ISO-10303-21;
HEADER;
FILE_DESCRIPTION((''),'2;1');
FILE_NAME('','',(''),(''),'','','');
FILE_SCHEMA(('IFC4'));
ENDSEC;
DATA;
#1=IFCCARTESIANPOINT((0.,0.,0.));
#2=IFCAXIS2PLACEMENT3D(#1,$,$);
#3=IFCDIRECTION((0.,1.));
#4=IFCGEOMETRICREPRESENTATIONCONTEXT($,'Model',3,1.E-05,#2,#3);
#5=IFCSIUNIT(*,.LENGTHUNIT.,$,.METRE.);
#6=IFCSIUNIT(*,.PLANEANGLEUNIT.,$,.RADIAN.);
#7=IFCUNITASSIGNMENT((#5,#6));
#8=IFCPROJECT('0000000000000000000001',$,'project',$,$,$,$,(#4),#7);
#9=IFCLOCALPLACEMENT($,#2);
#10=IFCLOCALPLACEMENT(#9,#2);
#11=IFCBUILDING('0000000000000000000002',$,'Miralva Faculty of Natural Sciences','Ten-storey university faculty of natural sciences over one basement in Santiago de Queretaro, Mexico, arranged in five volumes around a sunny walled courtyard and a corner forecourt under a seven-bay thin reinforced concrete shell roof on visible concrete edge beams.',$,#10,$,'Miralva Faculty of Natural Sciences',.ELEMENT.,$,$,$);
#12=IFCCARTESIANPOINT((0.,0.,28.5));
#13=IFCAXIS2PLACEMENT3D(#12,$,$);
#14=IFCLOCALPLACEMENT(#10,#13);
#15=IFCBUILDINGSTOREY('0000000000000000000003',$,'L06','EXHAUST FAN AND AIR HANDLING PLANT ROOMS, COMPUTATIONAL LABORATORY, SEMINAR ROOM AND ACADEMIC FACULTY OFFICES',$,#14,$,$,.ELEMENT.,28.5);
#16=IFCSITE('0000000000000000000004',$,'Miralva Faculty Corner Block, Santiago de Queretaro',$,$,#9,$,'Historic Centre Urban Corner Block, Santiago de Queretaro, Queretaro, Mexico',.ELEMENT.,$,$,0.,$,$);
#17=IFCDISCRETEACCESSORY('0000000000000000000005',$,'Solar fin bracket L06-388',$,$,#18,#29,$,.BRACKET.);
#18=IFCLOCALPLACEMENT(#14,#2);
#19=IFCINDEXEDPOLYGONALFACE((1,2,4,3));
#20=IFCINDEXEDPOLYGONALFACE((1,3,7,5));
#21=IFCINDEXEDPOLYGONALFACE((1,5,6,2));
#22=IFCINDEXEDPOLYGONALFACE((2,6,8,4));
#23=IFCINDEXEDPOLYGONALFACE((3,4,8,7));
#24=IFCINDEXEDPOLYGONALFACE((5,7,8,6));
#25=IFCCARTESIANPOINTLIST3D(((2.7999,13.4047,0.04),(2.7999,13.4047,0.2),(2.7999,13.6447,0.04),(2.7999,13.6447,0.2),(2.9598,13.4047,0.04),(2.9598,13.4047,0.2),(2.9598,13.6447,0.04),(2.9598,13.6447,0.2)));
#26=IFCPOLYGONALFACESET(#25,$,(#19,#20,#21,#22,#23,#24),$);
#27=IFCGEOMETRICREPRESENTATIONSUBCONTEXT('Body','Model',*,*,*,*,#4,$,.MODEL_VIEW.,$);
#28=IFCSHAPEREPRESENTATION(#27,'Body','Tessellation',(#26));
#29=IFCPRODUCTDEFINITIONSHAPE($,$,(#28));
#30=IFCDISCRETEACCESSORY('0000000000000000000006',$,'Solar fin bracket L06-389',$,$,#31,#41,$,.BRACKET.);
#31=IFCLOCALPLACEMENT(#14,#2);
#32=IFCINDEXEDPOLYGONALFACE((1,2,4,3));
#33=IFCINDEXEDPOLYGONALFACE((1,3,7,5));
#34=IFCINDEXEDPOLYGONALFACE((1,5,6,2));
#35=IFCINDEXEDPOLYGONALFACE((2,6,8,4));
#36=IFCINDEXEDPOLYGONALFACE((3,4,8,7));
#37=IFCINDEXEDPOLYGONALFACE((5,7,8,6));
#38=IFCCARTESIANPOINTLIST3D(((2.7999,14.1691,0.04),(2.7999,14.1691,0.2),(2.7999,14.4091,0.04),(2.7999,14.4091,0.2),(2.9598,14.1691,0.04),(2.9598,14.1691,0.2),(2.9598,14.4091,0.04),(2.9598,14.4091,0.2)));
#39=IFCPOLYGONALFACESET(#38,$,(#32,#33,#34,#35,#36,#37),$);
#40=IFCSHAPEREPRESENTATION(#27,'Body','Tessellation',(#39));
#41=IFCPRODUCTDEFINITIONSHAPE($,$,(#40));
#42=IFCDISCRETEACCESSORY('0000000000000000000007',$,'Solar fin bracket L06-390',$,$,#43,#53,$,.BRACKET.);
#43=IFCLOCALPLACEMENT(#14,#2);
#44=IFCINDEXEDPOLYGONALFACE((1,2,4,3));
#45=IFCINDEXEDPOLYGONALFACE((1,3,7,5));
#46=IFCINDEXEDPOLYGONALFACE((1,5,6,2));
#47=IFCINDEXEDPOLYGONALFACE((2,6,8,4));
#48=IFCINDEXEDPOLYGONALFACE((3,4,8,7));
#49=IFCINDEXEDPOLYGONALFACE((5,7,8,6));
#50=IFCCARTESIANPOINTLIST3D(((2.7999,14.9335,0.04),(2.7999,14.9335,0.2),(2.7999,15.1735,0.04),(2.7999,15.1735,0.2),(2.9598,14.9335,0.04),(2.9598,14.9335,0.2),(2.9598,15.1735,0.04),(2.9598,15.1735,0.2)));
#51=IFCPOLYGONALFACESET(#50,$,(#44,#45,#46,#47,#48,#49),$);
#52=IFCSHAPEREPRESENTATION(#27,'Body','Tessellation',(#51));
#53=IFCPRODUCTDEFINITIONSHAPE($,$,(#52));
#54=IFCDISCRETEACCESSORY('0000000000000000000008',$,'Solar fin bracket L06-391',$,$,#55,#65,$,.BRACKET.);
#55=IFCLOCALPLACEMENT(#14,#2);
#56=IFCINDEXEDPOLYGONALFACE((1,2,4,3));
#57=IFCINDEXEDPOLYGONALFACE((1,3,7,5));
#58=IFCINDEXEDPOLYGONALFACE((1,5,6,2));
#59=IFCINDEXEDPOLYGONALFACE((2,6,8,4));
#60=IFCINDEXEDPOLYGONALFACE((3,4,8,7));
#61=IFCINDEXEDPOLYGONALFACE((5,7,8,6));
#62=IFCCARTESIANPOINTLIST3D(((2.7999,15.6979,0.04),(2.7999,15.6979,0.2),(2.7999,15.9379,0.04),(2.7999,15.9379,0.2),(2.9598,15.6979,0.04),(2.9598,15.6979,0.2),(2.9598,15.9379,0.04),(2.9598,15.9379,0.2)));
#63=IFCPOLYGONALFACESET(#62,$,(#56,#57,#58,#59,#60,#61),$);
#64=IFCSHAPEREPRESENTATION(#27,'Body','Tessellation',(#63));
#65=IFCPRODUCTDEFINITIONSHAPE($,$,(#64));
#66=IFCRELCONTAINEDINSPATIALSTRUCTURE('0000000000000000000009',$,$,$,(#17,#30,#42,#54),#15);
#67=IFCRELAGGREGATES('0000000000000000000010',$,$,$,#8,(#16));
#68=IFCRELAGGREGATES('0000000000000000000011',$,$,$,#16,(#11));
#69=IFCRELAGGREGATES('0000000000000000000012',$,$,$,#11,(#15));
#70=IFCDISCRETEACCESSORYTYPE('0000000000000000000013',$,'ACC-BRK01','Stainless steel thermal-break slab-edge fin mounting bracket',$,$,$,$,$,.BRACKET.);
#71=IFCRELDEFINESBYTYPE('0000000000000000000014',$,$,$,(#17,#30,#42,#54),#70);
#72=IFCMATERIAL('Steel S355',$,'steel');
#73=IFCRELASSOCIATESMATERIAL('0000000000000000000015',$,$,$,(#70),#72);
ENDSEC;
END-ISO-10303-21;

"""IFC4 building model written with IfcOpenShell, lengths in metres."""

from ifc_helpers import new_model, si_unit, direction, frame, origin, origin_2d, place, context, subcontext, project, spatial, rectangle, extrude, material, type_object, element, save


model = new_model("IFC4")

# Units and contexts
model_context = context("Model", 3, precision=1e-05, world=origin(), true_north=direction((0.0, 1.0)))
body_context = subcontext(model_context, "Body", "Model", "MODEL_VIEW")
ifc_project = project(units=[si_unit("LENGTHUNIT", "METRE"), si_unit("PLANEANGLEUNIT", "RADIAN")], contexts=[model_context])

# Site, building, storey
site_placement = place(None, origin())
site = spatial("IfcSite", under=ifc_project, at=site_placement, Name="Miralva Faculty Corner Block, Santiago de Queretaro", LongName="Historic Centre Urban Corner Block, Santiago de Queretaro, Queretaro, Mexico", CompositionType="ELEMENT", RefElevation=0.0)
building_placement = place(site_placement, origin())
building = spatial("IfcBuilding", under=site, at=building_placement, Name="Miralva Faculty of Natural Sciences", Description="Ten-storey university faculty of natural sciences over one basement in Santiago de Queretaro, Mexico, arranged in five volumes around a sunny walled courtyard and a corner forecourt under a seven-bay thin reinforced concrete shell roof on visible concrete edge beams.", LongName="Miralva Faculty of Natural Sciences", CompositionType="ELEMENT")
storey_placement = place(building_placement, frame((0.0, 0.0, 28.5)))
storey = spatial("IfcBuildingStorey", under=building, at=storey_placement, Name="L06", Description="EXHAUST FAN AND AIR HANDLING PLANT ROOMS, COMPUTATIONAL LABORATORY, SEMINAR ROOM AND ACADEMIC FACULTY OFFICES", CompositionType="ELEMENT", Elevation=28.5)

# Discrete accessories
ifc_material_1 = material(Name="Steel S355", Category="steel")
discrete_accessory_type = type_object("IfcDiscreteAccessoryType", Name="ACC-BRK01", Description="Stainless steel thermal-break slab-edge fin mounting bracket", PredefinedType="BRACKET", material=ifc_material_1)
for number, where, z_axis, x_axis, name in (
    (1, (2.8799, 13.5247, 0.04), (0.0, 0.0, 1.0), (-1.0, 0.0, 0.0), "Solar fin bracket L06-388"),
    (2, (2.8799, 14.2891, 0.04), (0.0, 0.0, 1.0), (-1.0, 0.0, 0.0), "Solar fin bracket L06-389"),
    (3, (2.8799, 15.0535, 0.04), (0.0, 0.0, 1.0), (-1.0, 0.0, 0.0), "Solar fin bracket L06-390"),
    (4, (2.8799, 15.8179, 0.04), (0.0, 0.0, 1.0), (-1.0, 0.0, 0.0), "Solar fin bracket L06-391"),
):
    element("IfcDiscreteAccessory", number, at=place(storey_placement, frame(where, z_axis=z_axis, x_axis=x_axis)), inside=storey, type_object=discrete_accessory_type, Name=name, PredefinedType="BRACKET", context=body_context, shape_type="SweptSolid", body=[
        extrude(rectangle(XDim=0.1599, YDim=0.24, at=origin_2d()), origin(), (0.0, 0.0, 1.0), 0.1599),
    ])

save(model, "model.ifc")
